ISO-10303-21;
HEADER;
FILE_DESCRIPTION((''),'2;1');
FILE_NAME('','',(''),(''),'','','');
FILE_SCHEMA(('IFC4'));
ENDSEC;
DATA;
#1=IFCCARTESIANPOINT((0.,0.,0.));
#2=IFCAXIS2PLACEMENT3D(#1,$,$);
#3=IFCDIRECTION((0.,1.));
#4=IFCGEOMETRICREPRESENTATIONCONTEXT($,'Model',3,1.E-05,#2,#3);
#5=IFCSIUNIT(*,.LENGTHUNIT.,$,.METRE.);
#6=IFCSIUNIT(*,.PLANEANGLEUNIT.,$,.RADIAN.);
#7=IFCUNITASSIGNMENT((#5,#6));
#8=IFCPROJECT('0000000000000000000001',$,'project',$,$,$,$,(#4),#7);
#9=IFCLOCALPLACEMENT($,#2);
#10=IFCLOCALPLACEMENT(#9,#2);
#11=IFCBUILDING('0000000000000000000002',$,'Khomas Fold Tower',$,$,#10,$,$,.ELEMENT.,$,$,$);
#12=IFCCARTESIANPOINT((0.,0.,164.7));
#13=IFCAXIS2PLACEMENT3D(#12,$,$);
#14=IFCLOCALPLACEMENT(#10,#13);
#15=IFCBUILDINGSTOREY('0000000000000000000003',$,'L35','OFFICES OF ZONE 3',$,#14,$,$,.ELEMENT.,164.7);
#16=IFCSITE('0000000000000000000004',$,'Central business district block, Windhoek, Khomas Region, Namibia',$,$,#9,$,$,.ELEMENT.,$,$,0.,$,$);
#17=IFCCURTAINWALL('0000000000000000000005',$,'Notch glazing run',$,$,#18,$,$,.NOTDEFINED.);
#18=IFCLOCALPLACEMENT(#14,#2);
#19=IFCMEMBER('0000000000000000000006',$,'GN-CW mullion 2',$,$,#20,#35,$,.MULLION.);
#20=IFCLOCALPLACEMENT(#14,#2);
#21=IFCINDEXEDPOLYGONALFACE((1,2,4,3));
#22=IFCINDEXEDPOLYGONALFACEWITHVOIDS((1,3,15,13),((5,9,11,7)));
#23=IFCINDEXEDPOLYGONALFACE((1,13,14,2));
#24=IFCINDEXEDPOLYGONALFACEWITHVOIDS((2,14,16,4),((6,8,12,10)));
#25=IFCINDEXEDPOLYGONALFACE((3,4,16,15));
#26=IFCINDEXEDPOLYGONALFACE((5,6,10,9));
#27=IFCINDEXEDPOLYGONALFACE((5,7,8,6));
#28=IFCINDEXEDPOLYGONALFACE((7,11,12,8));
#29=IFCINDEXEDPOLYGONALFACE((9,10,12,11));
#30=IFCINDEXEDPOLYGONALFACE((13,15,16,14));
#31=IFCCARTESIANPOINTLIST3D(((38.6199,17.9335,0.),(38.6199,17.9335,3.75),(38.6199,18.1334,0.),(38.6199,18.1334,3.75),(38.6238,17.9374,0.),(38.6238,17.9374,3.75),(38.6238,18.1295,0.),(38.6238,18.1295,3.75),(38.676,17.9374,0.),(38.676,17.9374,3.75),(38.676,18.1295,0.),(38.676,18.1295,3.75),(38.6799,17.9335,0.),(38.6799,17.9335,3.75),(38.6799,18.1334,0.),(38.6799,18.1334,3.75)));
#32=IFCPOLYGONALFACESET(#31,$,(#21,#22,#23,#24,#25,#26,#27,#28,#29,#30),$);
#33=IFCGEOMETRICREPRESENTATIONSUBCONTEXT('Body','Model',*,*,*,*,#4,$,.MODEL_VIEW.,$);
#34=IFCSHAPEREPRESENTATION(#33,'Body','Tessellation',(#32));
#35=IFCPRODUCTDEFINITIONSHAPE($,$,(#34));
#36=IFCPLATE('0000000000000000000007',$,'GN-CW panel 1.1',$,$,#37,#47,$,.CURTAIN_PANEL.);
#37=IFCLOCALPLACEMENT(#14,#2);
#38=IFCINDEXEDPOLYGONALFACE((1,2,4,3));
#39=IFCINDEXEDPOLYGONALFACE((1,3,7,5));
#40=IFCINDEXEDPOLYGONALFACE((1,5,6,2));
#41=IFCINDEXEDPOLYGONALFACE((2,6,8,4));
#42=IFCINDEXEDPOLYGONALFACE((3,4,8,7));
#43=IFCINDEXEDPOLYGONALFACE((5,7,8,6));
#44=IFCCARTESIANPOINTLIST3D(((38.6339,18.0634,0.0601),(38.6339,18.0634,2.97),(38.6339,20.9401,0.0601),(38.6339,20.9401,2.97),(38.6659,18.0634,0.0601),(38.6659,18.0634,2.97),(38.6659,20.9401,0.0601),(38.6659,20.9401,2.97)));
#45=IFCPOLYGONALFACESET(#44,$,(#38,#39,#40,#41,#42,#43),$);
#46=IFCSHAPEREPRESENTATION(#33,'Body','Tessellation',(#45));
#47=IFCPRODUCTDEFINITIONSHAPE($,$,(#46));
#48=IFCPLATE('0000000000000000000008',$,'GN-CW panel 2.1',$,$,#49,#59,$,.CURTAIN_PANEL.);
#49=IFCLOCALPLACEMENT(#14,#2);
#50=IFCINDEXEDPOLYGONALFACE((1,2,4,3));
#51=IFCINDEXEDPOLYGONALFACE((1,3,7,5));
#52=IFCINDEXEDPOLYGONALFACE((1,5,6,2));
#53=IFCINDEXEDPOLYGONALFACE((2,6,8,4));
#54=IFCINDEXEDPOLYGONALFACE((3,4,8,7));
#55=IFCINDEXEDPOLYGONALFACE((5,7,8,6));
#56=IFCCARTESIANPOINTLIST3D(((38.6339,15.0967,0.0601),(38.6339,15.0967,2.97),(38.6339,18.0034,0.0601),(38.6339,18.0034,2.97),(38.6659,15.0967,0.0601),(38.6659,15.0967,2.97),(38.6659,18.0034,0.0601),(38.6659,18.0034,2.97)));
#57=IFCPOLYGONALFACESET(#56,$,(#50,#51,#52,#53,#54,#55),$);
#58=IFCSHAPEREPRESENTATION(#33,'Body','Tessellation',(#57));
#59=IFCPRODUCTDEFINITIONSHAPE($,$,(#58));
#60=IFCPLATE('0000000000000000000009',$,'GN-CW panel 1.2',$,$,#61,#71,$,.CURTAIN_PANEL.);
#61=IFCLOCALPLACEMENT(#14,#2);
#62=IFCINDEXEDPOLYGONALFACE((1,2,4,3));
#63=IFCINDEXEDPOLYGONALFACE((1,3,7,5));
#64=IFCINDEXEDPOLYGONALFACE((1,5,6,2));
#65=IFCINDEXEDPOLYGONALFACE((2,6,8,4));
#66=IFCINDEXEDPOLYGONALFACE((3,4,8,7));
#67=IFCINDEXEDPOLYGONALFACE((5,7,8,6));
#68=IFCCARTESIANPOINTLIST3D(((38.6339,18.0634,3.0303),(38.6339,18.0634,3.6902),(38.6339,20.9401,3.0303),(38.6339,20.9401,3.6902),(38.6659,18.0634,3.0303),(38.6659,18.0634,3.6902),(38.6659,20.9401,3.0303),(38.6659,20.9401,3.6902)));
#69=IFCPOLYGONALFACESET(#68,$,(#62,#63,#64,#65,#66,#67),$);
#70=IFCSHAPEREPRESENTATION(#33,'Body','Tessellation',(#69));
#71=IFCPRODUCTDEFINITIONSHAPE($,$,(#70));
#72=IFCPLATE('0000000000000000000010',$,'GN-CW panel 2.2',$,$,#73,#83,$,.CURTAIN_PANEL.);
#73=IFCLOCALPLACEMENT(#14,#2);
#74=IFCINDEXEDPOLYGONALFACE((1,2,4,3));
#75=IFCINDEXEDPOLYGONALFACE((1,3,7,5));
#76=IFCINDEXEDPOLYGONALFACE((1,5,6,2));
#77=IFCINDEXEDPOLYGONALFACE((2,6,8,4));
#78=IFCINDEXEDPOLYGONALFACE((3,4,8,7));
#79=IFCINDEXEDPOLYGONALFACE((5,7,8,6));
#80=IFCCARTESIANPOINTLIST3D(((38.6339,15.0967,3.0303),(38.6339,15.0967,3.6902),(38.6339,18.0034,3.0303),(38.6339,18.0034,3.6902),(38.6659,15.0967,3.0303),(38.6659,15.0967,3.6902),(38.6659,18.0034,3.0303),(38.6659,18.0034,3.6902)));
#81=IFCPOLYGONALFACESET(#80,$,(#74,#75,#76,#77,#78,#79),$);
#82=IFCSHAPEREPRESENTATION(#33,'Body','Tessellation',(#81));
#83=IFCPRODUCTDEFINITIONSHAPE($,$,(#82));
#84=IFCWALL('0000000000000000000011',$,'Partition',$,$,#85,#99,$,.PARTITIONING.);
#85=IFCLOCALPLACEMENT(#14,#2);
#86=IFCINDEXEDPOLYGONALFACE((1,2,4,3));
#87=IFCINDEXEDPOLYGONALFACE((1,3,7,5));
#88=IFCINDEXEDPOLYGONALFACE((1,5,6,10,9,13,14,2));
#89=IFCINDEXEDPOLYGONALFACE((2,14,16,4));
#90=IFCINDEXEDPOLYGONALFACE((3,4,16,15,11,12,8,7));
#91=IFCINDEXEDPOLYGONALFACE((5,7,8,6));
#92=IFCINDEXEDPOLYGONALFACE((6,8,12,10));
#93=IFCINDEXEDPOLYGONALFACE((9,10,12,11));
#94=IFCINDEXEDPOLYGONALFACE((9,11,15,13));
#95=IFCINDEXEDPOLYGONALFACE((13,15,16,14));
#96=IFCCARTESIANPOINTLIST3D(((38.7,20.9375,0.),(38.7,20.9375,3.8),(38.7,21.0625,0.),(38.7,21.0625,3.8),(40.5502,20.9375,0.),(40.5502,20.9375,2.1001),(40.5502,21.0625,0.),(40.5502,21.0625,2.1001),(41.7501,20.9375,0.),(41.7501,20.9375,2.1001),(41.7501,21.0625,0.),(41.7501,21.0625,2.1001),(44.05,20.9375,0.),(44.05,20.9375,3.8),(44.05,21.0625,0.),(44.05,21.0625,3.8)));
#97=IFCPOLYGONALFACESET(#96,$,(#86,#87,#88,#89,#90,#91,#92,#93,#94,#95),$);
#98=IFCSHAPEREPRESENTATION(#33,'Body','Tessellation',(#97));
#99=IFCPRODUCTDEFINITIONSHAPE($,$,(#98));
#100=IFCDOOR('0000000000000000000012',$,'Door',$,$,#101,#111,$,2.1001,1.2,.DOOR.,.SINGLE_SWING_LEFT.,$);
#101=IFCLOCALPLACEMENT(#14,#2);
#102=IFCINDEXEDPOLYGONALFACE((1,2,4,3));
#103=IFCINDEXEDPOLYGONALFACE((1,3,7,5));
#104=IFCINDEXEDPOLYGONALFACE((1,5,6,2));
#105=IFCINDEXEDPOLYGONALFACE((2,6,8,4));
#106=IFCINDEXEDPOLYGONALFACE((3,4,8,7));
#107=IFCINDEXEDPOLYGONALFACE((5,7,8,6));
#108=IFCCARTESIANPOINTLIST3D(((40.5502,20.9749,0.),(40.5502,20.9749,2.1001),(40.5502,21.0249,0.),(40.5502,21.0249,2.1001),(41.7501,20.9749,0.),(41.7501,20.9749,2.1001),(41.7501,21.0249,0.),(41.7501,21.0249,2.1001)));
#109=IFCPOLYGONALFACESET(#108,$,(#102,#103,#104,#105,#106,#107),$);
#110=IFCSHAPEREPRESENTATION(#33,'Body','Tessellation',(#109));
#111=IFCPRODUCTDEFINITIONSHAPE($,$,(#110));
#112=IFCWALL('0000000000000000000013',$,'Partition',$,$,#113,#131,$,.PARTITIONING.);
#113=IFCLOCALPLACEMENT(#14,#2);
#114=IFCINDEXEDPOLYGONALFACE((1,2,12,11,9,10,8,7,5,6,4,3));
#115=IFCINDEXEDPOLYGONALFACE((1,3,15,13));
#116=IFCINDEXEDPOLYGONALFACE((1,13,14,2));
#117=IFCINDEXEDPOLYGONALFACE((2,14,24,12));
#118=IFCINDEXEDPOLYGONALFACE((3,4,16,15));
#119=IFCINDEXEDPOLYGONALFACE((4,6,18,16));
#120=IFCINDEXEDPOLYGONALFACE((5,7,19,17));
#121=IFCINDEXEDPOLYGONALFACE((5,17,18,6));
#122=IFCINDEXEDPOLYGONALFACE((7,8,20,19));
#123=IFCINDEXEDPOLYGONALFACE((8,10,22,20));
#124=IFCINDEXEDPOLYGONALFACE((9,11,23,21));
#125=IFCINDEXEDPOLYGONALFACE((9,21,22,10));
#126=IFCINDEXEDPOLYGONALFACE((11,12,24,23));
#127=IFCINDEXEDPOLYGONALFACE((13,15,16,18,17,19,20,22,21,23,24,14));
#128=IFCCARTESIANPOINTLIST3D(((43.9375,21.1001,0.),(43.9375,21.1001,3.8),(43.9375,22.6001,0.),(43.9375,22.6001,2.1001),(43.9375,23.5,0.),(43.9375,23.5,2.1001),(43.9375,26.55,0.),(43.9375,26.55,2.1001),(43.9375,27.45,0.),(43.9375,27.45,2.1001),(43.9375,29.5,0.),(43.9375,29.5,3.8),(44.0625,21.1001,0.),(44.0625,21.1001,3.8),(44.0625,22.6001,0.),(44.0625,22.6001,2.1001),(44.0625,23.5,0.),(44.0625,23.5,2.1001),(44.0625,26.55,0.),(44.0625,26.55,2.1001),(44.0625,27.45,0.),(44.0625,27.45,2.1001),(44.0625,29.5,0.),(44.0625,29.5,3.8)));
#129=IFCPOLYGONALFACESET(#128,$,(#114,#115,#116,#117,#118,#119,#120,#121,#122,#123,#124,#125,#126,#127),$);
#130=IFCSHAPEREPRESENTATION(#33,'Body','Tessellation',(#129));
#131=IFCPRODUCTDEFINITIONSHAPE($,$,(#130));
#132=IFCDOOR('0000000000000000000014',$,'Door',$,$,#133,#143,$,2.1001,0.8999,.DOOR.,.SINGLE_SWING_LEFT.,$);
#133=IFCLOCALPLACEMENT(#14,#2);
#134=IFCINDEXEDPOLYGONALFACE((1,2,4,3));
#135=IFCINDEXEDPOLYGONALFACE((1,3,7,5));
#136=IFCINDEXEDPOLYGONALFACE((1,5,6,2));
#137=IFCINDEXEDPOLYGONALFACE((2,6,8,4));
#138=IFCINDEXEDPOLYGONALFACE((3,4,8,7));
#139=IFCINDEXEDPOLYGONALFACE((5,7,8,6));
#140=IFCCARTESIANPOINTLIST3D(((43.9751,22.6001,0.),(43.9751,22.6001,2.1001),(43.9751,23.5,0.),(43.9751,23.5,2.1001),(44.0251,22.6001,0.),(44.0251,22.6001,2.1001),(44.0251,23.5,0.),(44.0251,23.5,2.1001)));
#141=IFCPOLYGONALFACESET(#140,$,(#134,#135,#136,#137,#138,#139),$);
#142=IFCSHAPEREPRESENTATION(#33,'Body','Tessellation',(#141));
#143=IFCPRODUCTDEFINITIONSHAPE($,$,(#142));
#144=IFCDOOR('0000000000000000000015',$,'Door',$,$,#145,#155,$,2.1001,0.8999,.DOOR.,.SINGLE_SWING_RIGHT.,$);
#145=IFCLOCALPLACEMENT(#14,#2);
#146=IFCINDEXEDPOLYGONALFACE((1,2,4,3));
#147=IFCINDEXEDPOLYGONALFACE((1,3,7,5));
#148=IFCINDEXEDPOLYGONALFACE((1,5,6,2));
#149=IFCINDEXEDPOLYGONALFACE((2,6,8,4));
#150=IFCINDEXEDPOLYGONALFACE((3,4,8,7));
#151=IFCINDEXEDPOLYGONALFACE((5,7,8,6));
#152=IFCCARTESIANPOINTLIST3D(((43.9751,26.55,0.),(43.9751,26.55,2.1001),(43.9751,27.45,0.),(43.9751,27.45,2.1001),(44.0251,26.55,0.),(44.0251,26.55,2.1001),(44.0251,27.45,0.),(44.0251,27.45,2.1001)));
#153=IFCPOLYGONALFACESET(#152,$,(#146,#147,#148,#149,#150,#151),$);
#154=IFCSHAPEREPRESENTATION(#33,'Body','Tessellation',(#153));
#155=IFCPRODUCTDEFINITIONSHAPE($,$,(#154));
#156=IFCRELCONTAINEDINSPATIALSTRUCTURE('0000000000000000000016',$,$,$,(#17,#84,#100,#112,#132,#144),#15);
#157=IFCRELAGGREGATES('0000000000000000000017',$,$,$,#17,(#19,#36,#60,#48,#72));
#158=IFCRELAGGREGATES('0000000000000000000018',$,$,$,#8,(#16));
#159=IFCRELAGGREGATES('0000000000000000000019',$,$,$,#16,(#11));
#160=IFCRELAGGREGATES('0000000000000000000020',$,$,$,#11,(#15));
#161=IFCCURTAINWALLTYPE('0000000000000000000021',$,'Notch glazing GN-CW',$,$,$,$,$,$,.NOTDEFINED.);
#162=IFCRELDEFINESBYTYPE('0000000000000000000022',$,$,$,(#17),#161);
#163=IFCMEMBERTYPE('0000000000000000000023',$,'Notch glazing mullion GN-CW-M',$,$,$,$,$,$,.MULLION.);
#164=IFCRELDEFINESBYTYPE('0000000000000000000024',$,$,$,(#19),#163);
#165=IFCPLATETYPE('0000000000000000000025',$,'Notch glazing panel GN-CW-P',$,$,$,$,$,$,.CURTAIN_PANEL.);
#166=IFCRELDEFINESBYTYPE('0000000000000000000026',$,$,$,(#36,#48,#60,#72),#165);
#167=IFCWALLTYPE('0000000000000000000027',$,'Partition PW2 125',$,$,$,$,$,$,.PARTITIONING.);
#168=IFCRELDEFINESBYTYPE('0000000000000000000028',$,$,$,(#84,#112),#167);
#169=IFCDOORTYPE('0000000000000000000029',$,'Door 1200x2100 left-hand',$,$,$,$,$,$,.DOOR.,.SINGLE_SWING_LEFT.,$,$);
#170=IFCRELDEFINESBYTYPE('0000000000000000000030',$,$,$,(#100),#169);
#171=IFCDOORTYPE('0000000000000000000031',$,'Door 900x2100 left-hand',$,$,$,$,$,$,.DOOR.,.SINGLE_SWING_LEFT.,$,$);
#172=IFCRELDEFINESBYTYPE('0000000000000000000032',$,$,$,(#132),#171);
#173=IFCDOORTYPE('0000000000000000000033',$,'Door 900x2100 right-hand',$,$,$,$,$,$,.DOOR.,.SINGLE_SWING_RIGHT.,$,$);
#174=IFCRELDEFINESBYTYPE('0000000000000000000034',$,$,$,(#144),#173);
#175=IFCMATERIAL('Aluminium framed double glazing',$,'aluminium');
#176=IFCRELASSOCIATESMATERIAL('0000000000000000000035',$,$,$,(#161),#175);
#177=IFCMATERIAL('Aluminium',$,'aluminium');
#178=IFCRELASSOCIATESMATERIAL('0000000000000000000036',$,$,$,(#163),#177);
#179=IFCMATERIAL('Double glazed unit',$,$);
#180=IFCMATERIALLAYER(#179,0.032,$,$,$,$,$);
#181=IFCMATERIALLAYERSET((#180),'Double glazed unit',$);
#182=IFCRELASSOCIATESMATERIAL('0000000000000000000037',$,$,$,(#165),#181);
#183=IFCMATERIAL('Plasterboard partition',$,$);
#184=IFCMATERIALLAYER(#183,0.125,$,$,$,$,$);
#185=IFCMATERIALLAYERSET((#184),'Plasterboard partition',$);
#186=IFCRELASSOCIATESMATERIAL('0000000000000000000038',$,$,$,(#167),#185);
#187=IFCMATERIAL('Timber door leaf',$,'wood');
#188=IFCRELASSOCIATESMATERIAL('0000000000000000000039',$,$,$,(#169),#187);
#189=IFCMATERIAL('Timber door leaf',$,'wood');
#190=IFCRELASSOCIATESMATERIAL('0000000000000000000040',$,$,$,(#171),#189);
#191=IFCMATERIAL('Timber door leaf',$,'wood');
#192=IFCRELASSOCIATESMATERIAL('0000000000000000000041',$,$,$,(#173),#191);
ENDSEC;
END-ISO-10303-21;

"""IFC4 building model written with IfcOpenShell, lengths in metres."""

from ifc_helpers import new_model, si_unit, direction, frame, frame_2d, origin, origin_2d, place, context, subcontext, project, spatial, rectangle, hollow_rectangle, extrude, source, transform, mapped, material, layer, layer_set, material_profile, profile_set, type_object, element, fill, aggregate, save


model = new_model("IFC4")

# Units and contexts
model_context = context("Model", 3, precision=1e-05, world=origin(), true_north=direction((0.0, 1.0)))
body_context = subcontext(model_context, "Body", "Model", "MODEL_VIEW")
ifc_project = project(units=[si_unit("LENGTHUNIT", "METRE"), si_unit("PLANEANGLEUNIT", "RADIAN")], contexts=[model_context])

# Site, building, storey
site_placement = place(None, origin())
site = spatial("IfcSite", under=ifc_project, at=site_placement, Name="Central business district block, Windhoek, Khomas Region, Namibia", CompositionType="ELEMENT", RefElevation=0.0)
building_placement = place(site_placement, origin())
building = spatial("IfcBuilding", under=site, at=building_placement, Name="Khomas Fold Tower", CompositionType="ELEMENT")
storey_placement = place(building_placement, frame((0.0, 0.0, 164.7)))
storey = spatial("IfcBuildingStorey", under=building, at=storey_placement, Name="L35", Description="OFFICES OF ZONE 3", CompositionType="ELEMENT", Elevation=164.7)

# Curtain wall, member, plates
ifc_material_1 = material(Name="Aluminium framed double glazing", Category="aluminium")
curtain_wall_type = type_object("IfcCurtainWallType", Name="Notch glazing GN-CW", PredefinedType="NOTDEFINED", material=ifc_material_1)
curtain_wall_placement = place(storey_placement, origin())
curtain_wall = element("IfcCurtainWall", 1, at=curtain_wall_placement, inside=storey, type_object=curtain_wall_type, Name="Notch glazing run", PredefinedType="NOTDEFINED")
ifc_material_2 = material(Name="Aluminium", Category="aluminium")
ifc_material_profile_1 = material_profile(ifc_material_2, hollow_rectangle(XDim=0.0601, YDim=0.2, WallThickness=0.0039, at=origin_2d()), Name="Notch glazing mullion GN-CW-M")
ifc_profile_set_1 = profile_set([ifc_material_profile_1], Name="Aluminium")
member_type_1 = type_object("IfcMemberType", Name="Notch glazing mullion GN-CW-M", PredefinedType="MULLION", material=ifc_profile_set_1)
shared_shape_1 = source(origin(), body_context, "Body", "SweptSolid", [
    extrude(hollow_rectangle(XDim=0.0601, YDim=0.2, WallThickness=0.0039, at=origin_2d()), origin(), (0.0, 0.0, 1.0), 3.75),
])
member_1_placement = place(storey_placement, frame((38.6499, 18.0334, 0.0), z_axis=(0.0, 0.0, 1.0), x_axis=(1.0, 0.0, 0.0)))
member_1 = element("IfcMember", 2, at=member_1_placement, type_object=member_type_1, Name="GN-CW mullion 2", PredefinedType="MULLION", context=body_context, shape_type="MappedRepresentation", body=[
    mapped(shared_shape_1, transform((0.0, 0.0, 0.0))),
])
ifc_material_3 = material(Name="Double glazed unit")
ifc_layer_1 = layer(ifc_material_3, 0.032)
ifc_layer_set_1 = layer_set([ifc_layer_1], Name="Double glazed unit")
plate_type = type_object("IfcPlateType", Name="Notch glazing panel GN-CW-P", PredefinedType="CURTAIN_PANEL", material=ifc_layer_set_1)
shared_shape_2 = source(origin(), body_context, "Body", "SweptSolid", [
    extrude(rectangle(XDim=2.8767, YDim=0.032, at=origin_2d()), origin(), (0.0, 0.0, 1.0), 2.9099),
])
plate_1_placement = place(storey_placement, frame((38.6499, 19.5017, 0.0601), z_axis=(0.0, 0.0, 1.0), x_axis=(0.0, -1.0, 0.0)))
plate_1 = element("IfcPlate", 3, at=plate_1_placement, type_object=plate_type, Name="GN-CW panel 1.1", PredefinedType="CURTAIN_PANEL", context=body_context, shape_type="MappedRepresentation", body=[
    mapped(shared_shape_2, transform((0.0, 0.0, 0.0))),
])
shared_shape_3 = source(origin(), body_context, "Body", "SweptSolid", [
    extrude(rectangle(XDim=2.9067, YDim=0.032, at=origin_2d()), origin(), (0.0, 0.0, 1.0), 2.9099),
])
plate_2_placement = place(storey_placement, frame((38.6499, 16.55, 0.0601), z_axis=(0.0, 0.0, 1.0), x_axis=(0.0, -1.0, 0.0)))
plate_2 = element("IfcPlate", 4, at=plate_2_placement, type_object=plate_type, Name="GN-CW panel 2.1", PredefinedType="CURTAIN_PANEL", context=body_context, shape_type="MappedRepresentation", body=[
    mapped(shared_shape_3, transform((0.0, 0.0, 0.0))),
])
shared_shape_4 = source(origin(), body_context, "Body", "SweptSolid", [
    extrude(rectangle(XDim=2.8767, YDim=0.032, at=origin_2d()), origin(), (0.0, 0.0, 1.0), 0.6599),
])
plate_3_placement = place(storey_placement, frame((38.6499, 19.5017, 3.0303), z_axis=(0.0, 0.0, 1.0), x_axis=(0.0, -1.0, 0.0)))
plate_3 = element("IfcPlate", 5, at=plate_3_placement, type_object=plate_type, Name="GN-CW panel 1.2", PredefinedType="CURTAIN_PANEL", context=body_context, shape_type="MappedRepresentation", body=[
    mapped(shared_shape_4, transform((0.0, 0.0, 0.0))),
])
shared_shape_5 = source(origin(), body_context, "Body", "SweptSolid", [
    extrude(rectangle(XDim=2.9067, YDim=0.032, at=origin_2d()), origin(), (0.0, 0.0, 1.0), 0.6599),
])
plate_4_placement = place(storey_placement, frame((38.6499, 16.55, 3.0303), z_axis=(0.0, 0.0, 1.0), x_axis=(0.0, -1.0, 0.0)))
plate_4 = element("IfcPlate", 6, at=plate_4_placement, type_object=plate_type, Name="GN-CW panel 2.2", PredefinedType="CURTAIN_PANEL", context=body_context, shape_type="MappedRepresentation", body=[
    mapped(shared_shape_5, transform((0.0, 0.0, 0.0))),
])
aggregate(curtain_wall, [member_1, plate_1, plate_3, plate_2, plate_4])

# Wall, opening, door
ifc_material_4 = material(Name="Plasterboard partition")
ifc_layer_2 = layer(ifc_material_4, 0.125)
ifc_layer_set_2 = layer_set([ifc_layer_2], Name="Plasterboard partition")
wall_type_1 = type_object("IfcWallType", Name="Partition PW2 125", PredefinedType="PARTITIONING", material=ifc_layer_set_2)
shared_shape_6 = source(origin(), body_context, "Body", "SweptSolid", [
    extrude(rectangle(XDim=5.3501, YDim=0.125, at=frame_2d((2.675, 0.0))), origin(), (0.0, 0.0, 1.0), 3.8),
])
wall_1_placement = place(storey_placement, frame((38.7, 21.0, 0.0), z_axis=(0.0, 0.0, 1.0), x_axis=(1.0, 0.0, 0.0)))
wall_1 = element("IfcWall", 7, at=wall_1_placement, inside=storey, type_object=wall_type_1, Name="Partition", PredefinedType="PARTITIONING", context=body_context, shape_type="MappedRepresentation", body=[
    mapped(shared_shape_6, transform((0.0, 0.0, 0.0))),
])
shared_shape_7 = source(origin(), body_context, "Body", "SweptSolid", [
    extrude(rectangle(XDim=1.2, YDim=2.1001, at=frame_2d((0.6001, 1.05))), frame((0.0, 0.0725, 0.0), z_axis=(0.0, -1.0, 0.0), x_axis=(1.0, 0.0, 0.0)), (0.0, 0.0, 1.0), 0.145),
])
opening_1_placement = place(wall_1_placement, frame((1.8501, 0.0, 0.0)))
opening_1 = element("IfcOpeningElement", 8, at=opening_1_placement, cuts=wall_1, PredefinedType="OPENING", context=body_context, shape_type="MappedRepresentation", body=[
    mapped(shared_shape_7, transform((0.0, 0.0, 0.0))),
])
ifc_material_5 = material(Name="Timber door leaf", Category="wood")
door_type_1 = type_object("IfcDoorType", Name="Door 1200x2100 left-hand", OperationType="SINGLE_SWING_LEFT", PredefinedType="DOOR", material=ifc_material_5)
shared_shape_8 = source(origin(), body_context, "Body", "SweptSolid", [
    extrude(rectangle(XDim=1.2, YDim=2.1001, at=frame_2d((0.6001, 1.05))), frame((0.0, 0.0249, 0.0), z_axis=(0.0, -1.0, 0.0), x_axis=(1.0, 0.0, 0.0)), (0.0, 0.0, 1.0), 0.05),
])
door_1_placement = place(opening_1_placement, origin())
door_1 = element("IfcDoor", 9, at=door_1_placement, inside=storey, type_object=door_type_1, Name="Door", OperationType="SINGLE_SWING_LEFT", OverallHeight=2.1001, OverallWidth=1.2, PredefinedType="DOOR", context=body_context, shape_type="MappedRepresentation", body=[
    mapped(shared_shape_8, transform((0.0, 0.0, 0.0))),
])
fill(opening_1, door_1)

# Wall, openings, doors
shared_shape_9 = source(origin(), body_context, "Body", "SweptSolid", [
    extrude(rectangle(XDim=8.3999, YDim=0.125, at=frame_2d((4.2, 0.0))), origin(), (0.0, 0.0, 1.0), 3.8),
])
wall_2_placement = place(storey_placement, frame((44.0, 21.1001, 0.0), z_axis=(0.0, 0.0, 1.0), x_axis=(0.0, 1.0, 0.0)))
wall_2 = element("IfcWall", 10, at=wall_2_placement, inside=storey, type_object=wall_type_1, Name="Partition", PredefinedType="PARTITIONING", context=body_context, shape_type="MappedRepresentation", body=[
    mapped(shared_shape_9, transform((0.0, 0.0, 0.0))),
])
shared_shape_10 = source(origin(), body_context, "Body", "SweptSolid", [
    extrude(rectangle(XDim=0.8999, YDim=2.1001, at=frame_2d((0.45, 1.05))), frame((0.0, 0.0725, 0.0), z_axis=(0.0, -1.0, 0.0), x_axis=(1.0, 0.0, 0.0)), (0.0, 0.0, 1.0), 0.145),
])
opening_2_placement = place(wall_2_placement, frame((1.5, 0.0, 0.0)))
opening_2 = element("IfcOpeningElement", 11, at=opening_2_placement, cuts=wall_2, PredefinedType="OPENING", context=body_context, shape_type="MappedRepresentation", body=[
    mapped(shared_shape_10, transform((0.0, 0.0, 0.0))),
])
opening_3_placement = place(wall_2_placement, frame((5.45, 0.0, 0.0)))
opening_3 = element("IfcOpeningElement", 12, at=opening_3_placement, cuts=wall_2, PredefinedType="OPENING", context=body_context, shape_type="MappedRepresentation", body=[
    mapped(shared_shape_10, transform((0.0, 0.0, 0.0))),
])
ifc_material_6 = material(Name="Timber door leaf", Category="wood")
door_type_2 = type_object("IfcDoorType", Name="Door 900x2100 left-hand", OperationType="SINGLE_SWING_LEFT", PredefinedType="DOOR", material=ifc_material_6)
shared_shape_11 = source(origin(), body_context, "Body", "SweptSolid", [
    extrude(rectangle(XDim=0.8999, YDim=2.1001, at=frame_2d((0.45, 1.05))), frame((0.0, 0.0249, 0.0), z_axis=(0.0, -1.0, 0.0), x_axis=(1.0, 0.0, 0.0)), (0.0, 0.0, 1.0), 0.05),
])
door_2_placement = place(opening_2_placement, origin())
door_2 = element("IfcDoor", 13, at=door_2_placement, inside=storey, type_object=door_type_2, Name="Door", OperationType="SINGLE_SWING_LEFT", OverallHeight=2.1001, OverallWidth=0.8999, PredefinedType="DOOR", context=body_context, shape_type="MappedRepresentation", body=[
    mapped(shared_shape_11, transform((0.0, 0.0, 0.0))),
])
fill(opening_2, door_2)
ifc_material_7 = material(Name="Timber door leaf", Category="wood")
door_type_3 = type_object("IfcDoorType", Name="Door 900x2100 right-hand", OperationType="SINGLE_SWING_RIGHT", PredefinedType="DOOR", material=ifc_material_7)
door_3_placement = place(opening_3_placement, origin())
door_3 = element("IfcDoor", 14, at=door_3_placement, inside=storey, type_object=door_type_3, Name="Door", OperationType="SINGLE_SWING_RIGHT", OverallHeight=2.1001, OverallWidth=0.8999, PredefinedType="DOOR", context=body_context, shape_type="MappedRepresentation", body=[
    mapped(shared_shape_11, transform((0.0, 0.0, 0.0))),
])
fill(opening_3, door_3)

save(model, "model.ifc")
